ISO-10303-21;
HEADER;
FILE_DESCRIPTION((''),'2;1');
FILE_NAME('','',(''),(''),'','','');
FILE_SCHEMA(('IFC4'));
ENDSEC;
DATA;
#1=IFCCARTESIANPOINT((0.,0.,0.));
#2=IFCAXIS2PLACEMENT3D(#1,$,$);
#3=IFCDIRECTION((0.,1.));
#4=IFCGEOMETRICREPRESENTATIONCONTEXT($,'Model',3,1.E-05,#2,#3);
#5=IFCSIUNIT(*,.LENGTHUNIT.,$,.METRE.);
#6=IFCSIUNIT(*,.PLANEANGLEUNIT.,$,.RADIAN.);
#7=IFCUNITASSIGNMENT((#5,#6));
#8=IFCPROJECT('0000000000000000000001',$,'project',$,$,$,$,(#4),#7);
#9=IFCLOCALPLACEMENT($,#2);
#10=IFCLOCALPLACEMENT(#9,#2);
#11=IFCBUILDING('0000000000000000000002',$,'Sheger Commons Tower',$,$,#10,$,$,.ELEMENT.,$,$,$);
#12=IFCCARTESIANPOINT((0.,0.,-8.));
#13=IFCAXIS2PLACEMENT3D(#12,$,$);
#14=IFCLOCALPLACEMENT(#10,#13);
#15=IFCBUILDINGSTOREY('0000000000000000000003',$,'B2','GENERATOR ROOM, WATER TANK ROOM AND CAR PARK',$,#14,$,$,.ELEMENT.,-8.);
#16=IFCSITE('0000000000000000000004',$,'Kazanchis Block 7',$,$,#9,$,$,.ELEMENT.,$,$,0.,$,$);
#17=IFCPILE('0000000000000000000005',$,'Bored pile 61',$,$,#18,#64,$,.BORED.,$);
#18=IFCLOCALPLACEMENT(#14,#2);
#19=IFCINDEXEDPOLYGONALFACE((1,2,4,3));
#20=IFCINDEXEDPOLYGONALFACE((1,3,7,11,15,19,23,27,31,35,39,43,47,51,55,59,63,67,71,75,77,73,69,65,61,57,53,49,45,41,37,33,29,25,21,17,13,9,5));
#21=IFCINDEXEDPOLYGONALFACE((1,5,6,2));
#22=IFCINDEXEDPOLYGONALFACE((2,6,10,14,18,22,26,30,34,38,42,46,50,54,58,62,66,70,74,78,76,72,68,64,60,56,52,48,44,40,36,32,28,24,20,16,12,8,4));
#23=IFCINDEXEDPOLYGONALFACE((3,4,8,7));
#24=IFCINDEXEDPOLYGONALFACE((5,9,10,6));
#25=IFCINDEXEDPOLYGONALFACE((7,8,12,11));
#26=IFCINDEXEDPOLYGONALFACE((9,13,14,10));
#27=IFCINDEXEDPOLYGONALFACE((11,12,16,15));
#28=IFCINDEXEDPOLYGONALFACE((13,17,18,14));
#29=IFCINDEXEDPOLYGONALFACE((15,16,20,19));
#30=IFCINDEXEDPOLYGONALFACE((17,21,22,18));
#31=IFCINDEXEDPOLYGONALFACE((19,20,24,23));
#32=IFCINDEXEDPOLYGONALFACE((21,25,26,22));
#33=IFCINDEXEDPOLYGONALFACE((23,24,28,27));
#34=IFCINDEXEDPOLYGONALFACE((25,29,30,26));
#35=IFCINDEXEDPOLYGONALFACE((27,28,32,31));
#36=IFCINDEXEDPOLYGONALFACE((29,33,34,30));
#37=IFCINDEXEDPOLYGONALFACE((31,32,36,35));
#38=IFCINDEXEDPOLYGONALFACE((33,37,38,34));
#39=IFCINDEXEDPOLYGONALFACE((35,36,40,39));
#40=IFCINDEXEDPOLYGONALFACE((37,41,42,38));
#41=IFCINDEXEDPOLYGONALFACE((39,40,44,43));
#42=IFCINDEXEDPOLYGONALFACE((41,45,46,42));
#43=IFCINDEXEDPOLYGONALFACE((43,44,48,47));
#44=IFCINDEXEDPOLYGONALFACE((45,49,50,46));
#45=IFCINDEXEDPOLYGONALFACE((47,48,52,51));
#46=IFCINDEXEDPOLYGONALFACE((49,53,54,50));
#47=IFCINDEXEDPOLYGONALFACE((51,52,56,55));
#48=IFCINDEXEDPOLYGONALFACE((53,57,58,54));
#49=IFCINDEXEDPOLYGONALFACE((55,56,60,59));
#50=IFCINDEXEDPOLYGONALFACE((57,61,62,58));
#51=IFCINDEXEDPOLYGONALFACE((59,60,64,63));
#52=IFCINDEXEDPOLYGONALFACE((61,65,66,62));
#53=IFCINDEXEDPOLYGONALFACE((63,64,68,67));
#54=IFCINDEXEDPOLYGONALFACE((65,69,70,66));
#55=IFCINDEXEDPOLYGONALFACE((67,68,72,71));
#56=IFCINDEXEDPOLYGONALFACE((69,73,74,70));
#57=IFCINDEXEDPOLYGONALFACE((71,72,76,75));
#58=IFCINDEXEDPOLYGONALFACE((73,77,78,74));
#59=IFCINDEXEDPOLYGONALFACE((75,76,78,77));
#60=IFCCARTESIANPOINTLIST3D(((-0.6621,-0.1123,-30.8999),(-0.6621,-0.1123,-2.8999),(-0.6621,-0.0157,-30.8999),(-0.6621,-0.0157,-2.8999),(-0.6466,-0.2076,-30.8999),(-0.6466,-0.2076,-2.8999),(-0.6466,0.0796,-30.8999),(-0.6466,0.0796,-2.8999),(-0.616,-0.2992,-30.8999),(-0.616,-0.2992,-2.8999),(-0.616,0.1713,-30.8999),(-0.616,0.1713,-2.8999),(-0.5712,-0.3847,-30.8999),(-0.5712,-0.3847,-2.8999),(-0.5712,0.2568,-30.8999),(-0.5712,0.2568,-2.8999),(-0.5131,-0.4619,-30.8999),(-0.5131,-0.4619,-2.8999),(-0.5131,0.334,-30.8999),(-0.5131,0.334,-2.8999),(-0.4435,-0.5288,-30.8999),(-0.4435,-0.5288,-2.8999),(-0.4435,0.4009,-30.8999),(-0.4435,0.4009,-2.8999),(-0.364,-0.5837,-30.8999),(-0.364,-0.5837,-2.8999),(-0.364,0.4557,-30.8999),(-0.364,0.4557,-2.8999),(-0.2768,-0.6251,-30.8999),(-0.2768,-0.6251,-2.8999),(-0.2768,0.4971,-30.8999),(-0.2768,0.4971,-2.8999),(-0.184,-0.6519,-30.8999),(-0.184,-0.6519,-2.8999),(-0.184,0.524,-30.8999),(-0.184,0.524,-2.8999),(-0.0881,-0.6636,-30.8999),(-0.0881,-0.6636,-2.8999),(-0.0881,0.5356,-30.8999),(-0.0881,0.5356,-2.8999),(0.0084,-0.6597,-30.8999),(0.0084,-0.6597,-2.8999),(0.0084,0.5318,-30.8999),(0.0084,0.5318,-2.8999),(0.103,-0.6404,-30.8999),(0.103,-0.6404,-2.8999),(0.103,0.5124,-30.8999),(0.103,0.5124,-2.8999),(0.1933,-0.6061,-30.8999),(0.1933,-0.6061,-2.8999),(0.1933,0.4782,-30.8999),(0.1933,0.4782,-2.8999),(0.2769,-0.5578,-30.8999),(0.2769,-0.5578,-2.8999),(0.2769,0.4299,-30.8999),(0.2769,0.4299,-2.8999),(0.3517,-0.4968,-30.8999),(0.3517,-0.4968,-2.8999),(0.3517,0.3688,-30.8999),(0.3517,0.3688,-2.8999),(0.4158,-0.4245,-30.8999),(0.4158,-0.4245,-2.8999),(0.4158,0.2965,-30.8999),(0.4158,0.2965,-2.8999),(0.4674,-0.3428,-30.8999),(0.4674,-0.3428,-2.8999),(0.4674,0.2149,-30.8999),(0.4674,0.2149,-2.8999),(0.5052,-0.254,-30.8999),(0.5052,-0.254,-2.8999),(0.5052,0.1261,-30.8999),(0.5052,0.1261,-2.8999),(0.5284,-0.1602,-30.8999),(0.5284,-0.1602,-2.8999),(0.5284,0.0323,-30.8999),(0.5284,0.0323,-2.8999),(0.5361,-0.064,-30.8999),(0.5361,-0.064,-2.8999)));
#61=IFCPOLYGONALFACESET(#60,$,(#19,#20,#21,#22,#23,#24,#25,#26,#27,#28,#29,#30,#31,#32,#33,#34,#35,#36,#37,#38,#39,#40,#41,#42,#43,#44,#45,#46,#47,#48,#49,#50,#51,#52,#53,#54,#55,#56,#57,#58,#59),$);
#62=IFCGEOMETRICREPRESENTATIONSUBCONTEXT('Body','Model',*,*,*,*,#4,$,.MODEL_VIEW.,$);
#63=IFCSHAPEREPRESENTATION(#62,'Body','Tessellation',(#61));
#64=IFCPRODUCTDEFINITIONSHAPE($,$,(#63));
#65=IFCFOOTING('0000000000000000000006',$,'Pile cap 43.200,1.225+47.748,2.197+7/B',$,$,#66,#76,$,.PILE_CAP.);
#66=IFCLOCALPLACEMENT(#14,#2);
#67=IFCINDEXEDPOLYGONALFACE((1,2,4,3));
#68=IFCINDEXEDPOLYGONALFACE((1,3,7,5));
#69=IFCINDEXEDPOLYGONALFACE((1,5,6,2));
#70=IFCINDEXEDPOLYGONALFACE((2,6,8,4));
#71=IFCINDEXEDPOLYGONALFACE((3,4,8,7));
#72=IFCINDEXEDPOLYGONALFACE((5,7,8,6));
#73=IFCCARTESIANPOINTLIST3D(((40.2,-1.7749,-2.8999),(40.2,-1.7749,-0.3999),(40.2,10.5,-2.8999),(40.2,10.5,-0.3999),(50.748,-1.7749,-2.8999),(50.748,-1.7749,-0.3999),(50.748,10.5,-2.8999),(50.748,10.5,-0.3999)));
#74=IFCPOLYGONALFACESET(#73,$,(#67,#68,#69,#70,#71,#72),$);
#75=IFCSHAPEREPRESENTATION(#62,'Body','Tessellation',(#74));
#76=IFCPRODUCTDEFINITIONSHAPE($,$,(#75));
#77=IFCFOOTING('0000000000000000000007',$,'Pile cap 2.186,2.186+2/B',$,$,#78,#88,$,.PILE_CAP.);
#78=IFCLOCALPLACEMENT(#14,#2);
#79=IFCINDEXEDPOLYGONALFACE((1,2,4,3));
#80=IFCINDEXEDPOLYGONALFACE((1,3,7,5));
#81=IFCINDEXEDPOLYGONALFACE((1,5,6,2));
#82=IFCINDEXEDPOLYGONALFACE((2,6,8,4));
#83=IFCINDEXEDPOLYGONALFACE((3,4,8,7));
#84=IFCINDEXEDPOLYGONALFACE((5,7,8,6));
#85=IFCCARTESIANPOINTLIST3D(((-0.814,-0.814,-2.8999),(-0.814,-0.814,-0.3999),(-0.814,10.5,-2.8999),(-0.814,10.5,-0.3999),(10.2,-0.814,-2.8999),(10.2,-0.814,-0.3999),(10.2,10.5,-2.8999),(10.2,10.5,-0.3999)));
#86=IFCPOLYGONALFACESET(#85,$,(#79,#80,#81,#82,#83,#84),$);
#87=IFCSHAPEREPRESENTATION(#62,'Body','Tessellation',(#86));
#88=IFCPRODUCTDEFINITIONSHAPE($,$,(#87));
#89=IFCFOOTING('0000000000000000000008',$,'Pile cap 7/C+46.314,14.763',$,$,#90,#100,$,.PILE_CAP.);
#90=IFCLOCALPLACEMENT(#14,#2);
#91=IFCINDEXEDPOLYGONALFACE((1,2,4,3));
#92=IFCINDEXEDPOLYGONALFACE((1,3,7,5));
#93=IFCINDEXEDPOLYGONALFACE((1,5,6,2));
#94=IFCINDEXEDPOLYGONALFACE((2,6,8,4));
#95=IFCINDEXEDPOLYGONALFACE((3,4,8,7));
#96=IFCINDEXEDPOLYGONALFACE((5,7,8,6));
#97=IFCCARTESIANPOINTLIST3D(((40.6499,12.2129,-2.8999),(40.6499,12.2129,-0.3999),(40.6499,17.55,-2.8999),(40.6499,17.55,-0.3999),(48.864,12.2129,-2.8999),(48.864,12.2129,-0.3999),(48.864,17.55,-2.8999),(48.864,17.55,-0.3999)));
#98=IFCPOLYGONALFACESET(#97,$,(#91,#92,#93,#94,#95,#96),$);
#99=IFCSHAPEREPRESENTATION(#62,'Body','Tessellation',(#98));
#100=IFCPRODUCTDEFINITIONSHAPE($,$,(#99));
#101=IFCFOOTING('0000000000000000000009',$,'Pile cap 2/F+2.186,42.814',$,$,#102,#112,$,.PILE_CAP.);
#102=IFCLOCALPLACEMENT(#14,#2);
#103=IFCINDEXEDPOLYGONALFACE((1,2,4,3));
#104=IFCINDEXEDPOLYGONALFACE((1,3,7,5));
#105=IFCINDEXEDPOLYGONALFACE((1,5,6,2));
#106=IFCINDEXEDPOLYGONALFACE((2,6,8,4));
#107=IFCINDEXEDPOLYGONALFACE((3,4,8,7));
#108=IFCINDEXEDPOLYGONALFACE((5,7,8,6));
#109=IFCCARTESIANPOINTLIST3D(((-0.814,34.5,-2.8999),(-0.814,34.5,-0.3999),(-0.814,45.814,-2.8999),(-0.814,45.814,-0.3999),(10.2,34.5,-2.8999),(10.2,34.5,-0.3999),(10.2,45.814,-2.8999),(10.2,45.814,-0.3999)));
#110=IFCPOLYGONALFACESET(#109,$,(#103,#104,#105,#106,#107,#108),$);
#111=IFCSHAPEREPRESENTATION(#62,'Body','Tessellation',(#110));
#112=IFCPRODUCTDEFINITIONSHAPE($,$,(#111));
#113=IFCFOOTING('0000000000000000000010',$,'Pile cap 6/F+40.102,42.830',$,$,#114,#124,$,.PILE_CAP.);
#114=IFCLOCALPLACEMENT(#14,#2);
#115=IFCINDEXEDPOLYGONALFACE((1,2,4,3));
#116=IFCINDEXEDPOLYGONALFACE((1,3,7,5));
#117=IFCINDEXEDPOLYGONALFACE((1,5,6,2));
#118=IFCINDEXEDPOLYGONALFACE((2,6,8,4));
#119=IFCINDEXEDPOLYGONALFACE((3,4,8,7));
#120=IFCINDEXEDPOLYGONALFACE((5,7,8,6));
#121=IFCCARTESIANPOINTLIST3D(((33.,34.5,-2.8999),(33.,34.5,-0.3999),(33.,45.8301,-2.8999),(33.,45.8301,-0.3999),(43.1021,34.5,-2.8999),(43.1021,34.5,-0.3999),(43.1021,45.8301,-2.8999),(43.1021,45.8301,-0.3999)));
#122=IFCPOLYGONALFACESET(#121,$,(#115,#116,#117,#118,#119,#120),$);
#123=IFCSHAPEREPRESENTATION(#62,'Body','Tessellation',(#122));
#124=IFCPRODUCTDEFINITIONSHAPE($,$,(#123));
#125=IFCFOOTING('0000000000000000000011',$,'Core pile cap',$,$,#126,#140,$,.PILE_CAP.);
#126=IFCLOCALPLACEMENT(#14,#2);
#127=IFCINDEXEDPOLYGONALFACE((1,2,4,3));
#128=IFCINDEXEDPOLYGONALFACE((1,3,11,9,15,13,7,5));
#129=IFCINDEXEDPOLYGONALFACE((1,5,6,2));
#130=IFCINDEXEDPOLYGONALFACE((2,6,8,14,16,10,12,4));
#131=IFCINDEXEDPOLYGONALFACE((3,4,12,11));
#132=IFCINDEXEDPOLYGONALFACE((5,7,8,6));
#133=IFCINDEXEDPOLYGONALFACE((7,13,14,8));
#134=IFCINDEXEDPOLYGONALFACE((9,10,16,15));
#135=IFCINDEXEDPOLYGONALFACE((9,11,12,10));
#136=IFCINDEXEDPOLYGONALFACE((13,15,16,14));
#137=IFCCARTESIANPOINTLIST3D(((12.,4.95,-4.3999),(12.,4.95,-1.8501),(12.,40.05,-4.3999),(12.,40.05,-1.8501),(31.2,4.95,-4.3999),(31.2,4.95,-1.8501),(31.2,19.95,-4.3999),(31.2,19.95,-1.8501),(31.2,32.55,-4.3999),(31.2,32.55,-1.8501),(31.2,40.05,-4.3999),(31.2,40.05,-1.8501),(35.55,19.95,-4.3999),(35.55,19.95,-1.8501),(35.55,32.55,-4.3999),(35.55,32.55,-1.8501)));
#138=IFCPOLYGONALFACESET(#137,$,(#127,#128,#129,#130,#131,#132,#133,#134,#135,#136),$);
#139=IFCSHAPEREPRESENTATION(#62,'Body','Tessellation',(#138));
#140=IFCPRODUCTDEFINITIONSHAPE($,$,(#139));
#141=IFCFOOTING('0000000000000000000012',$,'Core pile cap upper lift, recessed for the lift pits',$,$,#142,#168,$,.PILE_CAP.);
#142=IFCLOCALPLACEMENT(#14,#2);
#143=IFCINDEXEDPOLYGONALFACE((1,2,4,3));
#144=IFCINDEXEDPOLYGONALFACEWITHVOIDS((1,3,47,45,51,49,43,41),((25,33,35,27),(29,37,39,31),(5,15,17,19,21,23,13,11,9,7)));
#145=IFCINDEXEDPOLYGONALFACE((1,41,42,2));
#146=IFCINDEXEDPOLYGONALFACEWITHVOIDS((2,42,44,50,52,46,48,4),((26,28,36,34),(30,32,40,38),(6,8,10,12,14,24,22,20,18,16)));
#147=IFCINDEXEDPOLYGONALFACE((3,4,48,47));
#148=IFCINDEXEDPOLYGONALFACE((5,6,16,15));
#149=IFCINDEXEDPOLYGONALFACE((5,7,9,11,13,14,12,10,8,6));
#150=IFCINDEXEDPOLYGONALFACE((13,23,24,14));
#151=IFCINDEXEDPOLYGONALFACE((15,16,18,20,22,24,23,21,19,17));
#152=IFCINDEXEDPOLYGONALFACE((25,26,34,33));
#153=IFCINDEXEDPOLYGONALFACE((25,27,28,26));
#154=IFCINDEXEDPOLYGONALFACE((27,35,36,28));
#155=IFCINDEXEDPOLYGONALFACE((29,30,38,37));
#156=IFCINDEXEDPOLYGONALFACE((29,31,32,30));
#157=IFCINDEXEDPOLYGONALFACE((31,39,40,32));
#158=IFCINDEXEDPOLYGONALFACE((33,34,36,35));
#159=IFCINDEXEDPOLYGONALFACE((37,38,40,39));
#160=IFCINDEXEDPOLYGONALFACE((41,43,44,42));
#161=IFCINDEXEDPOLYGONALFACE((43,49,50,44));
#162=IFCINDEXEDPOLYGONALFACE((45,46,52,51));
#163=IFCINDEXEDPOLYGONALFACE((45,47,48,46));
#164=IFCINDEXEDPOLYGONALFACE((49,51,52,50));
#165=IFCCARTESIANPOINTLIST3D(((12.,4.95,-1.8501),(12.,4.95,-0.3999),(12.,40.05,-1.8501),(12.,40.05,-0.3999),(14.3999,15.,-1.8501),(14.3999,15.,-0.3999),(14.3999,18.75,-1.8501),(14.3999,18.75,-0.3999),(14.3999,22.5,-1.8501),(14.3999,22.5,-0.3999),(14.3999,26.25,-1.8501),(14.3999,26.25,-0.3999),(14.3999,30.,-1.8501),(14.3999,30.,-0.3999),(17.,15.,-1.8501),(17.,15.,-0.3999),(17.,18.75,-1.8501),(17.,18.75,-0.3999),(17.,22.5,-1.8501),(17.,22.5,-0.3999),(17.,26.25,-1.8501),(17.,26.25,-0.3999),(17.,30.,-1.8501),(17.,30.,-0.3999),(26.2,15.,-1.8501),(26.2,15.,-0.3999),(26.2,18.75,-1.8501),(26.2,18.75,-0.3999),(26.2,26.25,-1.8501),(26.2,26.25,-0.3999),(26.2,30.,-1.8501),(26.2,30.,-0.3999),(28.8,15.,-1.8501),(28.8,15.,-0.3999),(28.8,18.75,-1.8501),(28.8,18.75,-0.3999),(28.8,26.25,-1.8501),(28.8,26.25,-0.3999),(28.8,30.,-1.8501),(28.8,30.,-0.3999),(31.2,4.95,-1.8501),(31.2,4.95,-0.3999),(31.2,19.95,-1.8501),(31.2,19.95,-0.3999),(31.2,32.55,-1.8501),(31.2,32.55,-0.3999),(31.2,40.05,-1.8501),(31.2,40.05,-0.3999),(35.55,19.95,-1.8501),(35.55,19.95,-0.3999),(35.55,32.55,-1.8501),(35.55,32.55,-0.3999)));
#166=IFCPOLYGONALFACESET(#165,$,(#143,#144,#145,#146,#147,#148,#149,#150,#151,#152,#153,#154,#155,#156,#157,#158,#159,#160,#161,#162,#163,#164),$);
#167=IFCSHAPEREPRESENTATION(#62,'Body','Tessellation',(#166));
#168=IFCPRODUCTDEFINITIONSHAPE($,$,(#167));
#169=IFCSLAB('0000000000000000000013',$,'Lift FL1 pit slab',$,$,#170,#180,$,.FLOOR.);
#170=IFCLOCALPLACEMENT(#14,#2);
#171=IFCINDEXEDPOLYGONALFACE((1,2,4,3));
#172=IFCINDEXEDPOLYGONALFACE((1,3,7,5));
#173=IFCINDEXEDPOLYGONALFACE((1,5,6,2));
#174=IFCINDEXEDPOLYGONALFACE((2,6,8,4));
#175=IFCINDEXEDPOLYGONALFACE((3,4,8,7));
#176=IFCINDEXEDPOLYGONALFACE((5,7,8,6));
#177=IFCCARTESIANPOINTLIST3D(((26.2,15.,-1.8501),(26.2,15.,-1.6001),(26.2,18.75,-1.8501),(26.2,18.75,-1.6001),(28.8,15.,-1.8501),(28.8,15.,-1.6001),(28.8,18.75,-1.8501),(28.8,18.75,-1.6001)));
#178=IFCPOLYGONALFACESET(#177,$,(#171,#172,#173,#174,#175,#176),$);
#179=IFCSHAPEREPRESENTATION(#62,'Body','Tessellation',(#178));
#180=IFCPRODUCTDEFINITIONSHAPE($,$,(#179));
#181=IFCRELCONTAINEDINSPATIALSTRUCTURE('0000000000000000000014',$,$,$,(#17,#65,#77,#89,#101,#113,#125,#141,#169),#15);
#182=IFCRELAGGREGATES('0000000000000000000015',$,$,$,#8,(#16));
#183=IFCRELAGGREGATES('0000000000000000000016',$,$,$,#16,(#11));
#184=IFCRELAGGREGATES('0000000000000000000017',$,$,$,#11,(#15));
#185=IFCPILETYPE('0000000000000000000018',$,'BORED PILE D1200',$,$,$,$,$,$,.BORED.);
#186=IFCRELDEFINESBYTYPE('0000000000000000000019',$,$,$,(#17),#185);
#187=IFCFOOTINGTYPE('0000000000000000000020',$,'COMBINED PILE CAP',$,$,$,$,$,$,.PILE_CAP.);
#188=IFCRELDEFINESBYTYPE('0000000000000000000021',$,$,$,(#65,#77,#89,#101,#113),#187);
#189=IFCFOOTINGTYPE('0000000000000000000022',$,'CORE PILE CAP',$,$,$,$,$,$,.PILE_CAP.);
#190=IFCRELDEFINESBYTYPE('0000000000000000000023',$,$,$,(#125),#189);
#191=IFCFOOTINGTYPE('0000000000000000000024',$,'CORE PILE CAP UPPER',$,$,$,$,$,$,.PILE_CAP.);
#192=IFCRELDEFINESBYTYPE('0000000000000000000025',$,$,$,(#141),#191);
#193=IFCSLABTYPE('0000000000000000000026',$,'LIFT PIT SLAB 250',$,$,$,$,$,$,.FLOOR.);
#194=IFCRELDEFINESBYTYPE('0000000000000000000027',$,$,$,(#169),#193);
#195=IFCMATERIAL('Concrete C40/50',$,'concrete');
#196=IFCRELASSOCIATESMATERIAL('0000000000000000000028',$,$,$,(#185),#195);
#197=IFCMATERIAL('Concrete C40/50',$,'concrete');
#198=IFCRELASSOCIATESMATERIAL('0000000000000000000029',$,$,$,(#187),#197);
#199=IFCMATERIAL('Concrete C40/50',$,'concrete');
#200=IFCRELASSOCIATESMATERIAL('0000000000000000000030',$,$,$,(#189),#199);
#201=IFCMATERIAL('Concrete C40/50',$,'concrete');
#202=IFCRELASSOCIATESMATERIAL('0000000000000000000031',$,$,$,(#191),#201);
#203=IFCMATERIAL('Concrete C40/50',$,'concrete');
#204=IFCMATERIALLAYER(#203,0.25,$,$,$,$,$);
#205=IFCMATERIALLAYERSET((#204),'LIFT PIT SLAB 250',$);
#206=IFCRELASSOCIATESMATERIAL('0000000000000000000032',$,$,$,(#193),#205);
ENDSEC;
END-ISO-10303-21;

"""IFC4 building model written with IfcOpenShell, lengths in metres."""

from ifc_helpers import new_model, si_unit, direction, frame, origin, origin_2d, place, context, subcontext, project, spatial, polyline, circle, outline, extrude, material, layer, layer_set, material_profile, profile_set, type_object, element, save


model = new_model("IFC4")

# Units and contexts
model_context = context("Model", 3, precision=1e-05, world=origin(), true_north=direction((0.0, 1.0)))
body_context = subcontext(model_context, "Body", "Model", "MODEL_VIEW")
ifc_project = project(units=[si_unit("LENGTHUNIT", "METRE"), si_unit("PLANEANGLEUNIT", "RADIAN")], contexts=[model_context])

# Site, building, storey
site_placement = place(None, origin())
site = spatial("IfcSite", under=ifc_project, at=site_placement, Name="Kazanchis Block 7", CompositionType="ELEMENT", RefElevation=0.0)
building_placement = place(site_placement, origin())
building = spatial("IfcBuilding", under=site, at=building_placement, Name="Sheger Commons Tower", CompositionType="ELEMENT")
storey_placement = place(building_placement, frame((0.0, 0.0, -8.0)))
storey = spatial("IfcBuildingStorey", under=building, at=storey_placement, Name="B2", Description="GENERATOR ROOM, WATER TANK ROOM AND CAR PARK", CompositionType="ELEMENT", Elevation=-8.0)

# Pile
ifc_material_1 = material(Name="Concrete C40/50", Category="concrete")
ifc_material_profile = material_profile(ifc_material_1, circle(Radius=0.6001, at=origin_2d()), Name="PILE D1200")
ifc_profile_set = profile_set([ifc_material_profile], Name="Concrete C40/50")
pile_type = type_object("IfcPileType", Name="BORED PILE D1200", PredefinedType="BORED", material=ifc_profile_set)
pile_placement = place(storey_placement, frame((-0.064, -0.064, -2.8999), z_axis=(0.0, 0.0, -1.0), x_axis=(1.0, 0.0, 0.0)))
element("IfcPile", 1, at=pile_placement, inside=storey, type_object=pile_type, Name="Bored pile 61", PredefinedType="BORED", context=body_context, shape_type="SweptSolid", body=[
    extrude(circle(Radius=0.6001, at=origin_2d()), origin(), (0.0, 0.0, 1.0), 28.0),
])

# Footings
ifc_material_2 = material(Name="Concrete C40/50", Category="concrete")
footing_type_1 = type_object("IfcFootingType", Name="COMBINED PILE CAP", PredefinedType="PILE_CAP", material=ifc_material_2)
footing_1_placement = place(storey_placement, frame((0.0, 0.0, -2.8999)))
element("IfcFooting", 2, at=footing_1_placement, inside=storey, type_object=footing_type_1, Name="Pile cap 43.200,1.225+47.748,2.197+7/B", PredefinedType="PILE_CAP", context=body_context, shape_type="SweptSolid", body=[
    extrude(outline(polyline([(40.2, -1.7749), (50.748, -1.7749), (50.748, 10.5), (40.2, 10.5), (40.2, -1.7749)])), origin(), (0.0, 0.0, 1.0), 2.5),
])
footing_2_placement = place(storey_placement, frame((0.0, 0.0, -2.8999)))
element("IfcFooting", 3, at=footing_2_placement, inside=storey, type_object=footing_type_1, Name="Pile cap 2.186,2.186+2/B", PredefinedType="PILE_CAP", context=body_context, shape_type="SweptSolid", body=[
    extrude(outline(polyline([(-0.814, -0.814), (10.2, -0.814), (10.2, 10.5), (-0.814, 10.5), (-0.814, -0.814)])), origin(), (0.0, 0.0, 1.0), 2.5),
])
footing_3_placement = place(storey_placement, frame((0.0, 0.0, -2.8999)))
element("IfcFooting", 4, at=footing_3_placement, inside=storey, type_object=footing_type_1, Name="Pile cap 7/C+46.314,14.763", PredefinedType="PILE_CAP", context=body_context, shape_type="SweptSolid", body=[
    extrude(outline(polyline([(40.6499, 12.2129), (48.864, 12.2129), (48.864, 17.55), (40.6499, 17.55), (40.6499, 12.2129)])), origin(), (0.0, 0.0, 1.0), 2.5),
])
footing_4_placement = place(storey_placement, frame((0.0, 0.0, -2.8999)))
element("IfcFooting", 5, at=footing_4_placement, inside=storey, type_object=footing_type_1, Name="Pile cap 2/F+2.186,42.814", PredefinedType="PILE_CAP", context=body_context, shape_type="SweptSolid", body=[
    extrude(outline(polyline([(-0.814, 34.5), (10.2, 34.5), (10.2, 45.814), (-0.814, 45.814), (-0.814, 34.5)])), origin(), (0.0, 0.0, 1.0), 2.5),
])
footing_5_placement = place(storey_placement, frame((0.0, 0.0, -2.8999)))
element("IfcFooting", 6, at=footing_5_placement, inside=storey, type_object=footing_type_1, Name="Pile cap 6/F+40.102,42.830", PredefinedType="PILE_CAP", context=body_context, shape_type="SweptSolid", body=[
    extrude(outline(polyline([(33.0, 34.5), (43.1021, 34.5), (43.1021, 45.8301), (33.0, 45.8301), (33.0, 34.5)])), origin(), (0.0, 0.0, 1.0), 2.5),
])
ifc_material_3 = material(Name="Concrete C40/50", Category="concrete")
footing_type_2 = type_object("IfcFootingType", Name="CORE PILE CAP", PredefinedType="PILE_CAP", material=ifc_material_3)
footing_6_placement = place(storey_placement, frame((0.0, 0.0, -4.3999)))
element("IfcFooting", 7, at=footing_6_placement, inside=storey, type_object=footing_type_2, Name="Core pile cap", PredefinedType="PILE_CAP", context=body_context, shape_type="SweptSolid", body=[
    extrude(outline(polyline([(12.0, 4.95), (31.2, 4.95), (31.2, 19.95), (35.55, 19.95), (35.55, 32.55), (31.2, 32.55), (31.2, 40.05), (12.0, 40.05), (12.0, 4.95)])), origin(), (0.0, 0.0, 1.0), 2.5498),
])
ifc_material_4 = material(Name="Concrete C40/50", Category="concrete")
footing_type_3 = type_object("IfcFootingType", Name="CORE PILE CAP UPPER", PredefinedType="PILE_CAP", material=ifc_material_4)
footing_7_placement = place(storey_placement, frame((0.0, 0.0, -1.8501)))
element("IfcFooting", 8, at=footing_7_placement, inside=storey, type_object=footing_type_3, Name="Core pile cap upper lift, recessed for the lift pits", PredefinedType="PILE_CAP", context=body_context, shape_type="SweptSolid", body=[
    extrude(outline(polyline([(12.0, 4.95), (31.2, 4.95), (31.2, 19.95), (35.55, 19.95), (35.55, 32.55), (31.2, 32.55), (31.2, 40.05), (12.0, 40.05), (12.0, 4.95)]), holes=[polyline([(14.3999, 15.0), (17.0, 15.0), (17.0, 18.75), (17.0, 22.5), (17.0, 26.25), (17.0, 30.0), (14.3999, 30.0), (14.3999, 26.25), (14.3999, 22.5), (14.3999, 18.75), (14.3999, 15.0)]), polyline([(26.2, 15.0), (28.8, 15.0), (28.8, 18.75), (26.2, 18.75), (26.2, 15.0)]), polyline([(26.2, 26.25), (28.8, 26.25), (28.8, 30.0), (26.2, 30.0), (26.2, 26.25)])]), origin(), (0.0, 0.0, 1.0), 1.4502),
])

# Slab
ifc_material_5 = material(Name="Concrete C40/50", Category="concrete")
ifc_layer_1 = layer(ifc_material_5, 0.25)
ifc_layer_set_1 = layer_set([ifc_layer_1], Name="LIFT PIT SLAB 250")
slab_type_1 = type_object("IfcSlabType", Name="LIFT PIT SLAB 250", PredefinedType="FLOOR", material=ifc_layer_set_1)
slab_1_placement = place(storey_placement, frame((0.0, 0.0, -1.8501)))
element("IfcSlab", 9, at=slab_1_placement, inside=storey, type_object=slab_type_1, Name="Lift FL1 pit slab", PredefinedType="FLOOR", context=body_context, shape_type="SweptSolid", body=[
    extrude(outline(polyline([(26.2, 15.0), (28.8, 15.0), (28.8, 18.75), (26.2, 18.75), (26.2, 15.0)])), origin(), (0.0, 0.0, 1.0), 0.25),
])

save(model, "model.ifc")
